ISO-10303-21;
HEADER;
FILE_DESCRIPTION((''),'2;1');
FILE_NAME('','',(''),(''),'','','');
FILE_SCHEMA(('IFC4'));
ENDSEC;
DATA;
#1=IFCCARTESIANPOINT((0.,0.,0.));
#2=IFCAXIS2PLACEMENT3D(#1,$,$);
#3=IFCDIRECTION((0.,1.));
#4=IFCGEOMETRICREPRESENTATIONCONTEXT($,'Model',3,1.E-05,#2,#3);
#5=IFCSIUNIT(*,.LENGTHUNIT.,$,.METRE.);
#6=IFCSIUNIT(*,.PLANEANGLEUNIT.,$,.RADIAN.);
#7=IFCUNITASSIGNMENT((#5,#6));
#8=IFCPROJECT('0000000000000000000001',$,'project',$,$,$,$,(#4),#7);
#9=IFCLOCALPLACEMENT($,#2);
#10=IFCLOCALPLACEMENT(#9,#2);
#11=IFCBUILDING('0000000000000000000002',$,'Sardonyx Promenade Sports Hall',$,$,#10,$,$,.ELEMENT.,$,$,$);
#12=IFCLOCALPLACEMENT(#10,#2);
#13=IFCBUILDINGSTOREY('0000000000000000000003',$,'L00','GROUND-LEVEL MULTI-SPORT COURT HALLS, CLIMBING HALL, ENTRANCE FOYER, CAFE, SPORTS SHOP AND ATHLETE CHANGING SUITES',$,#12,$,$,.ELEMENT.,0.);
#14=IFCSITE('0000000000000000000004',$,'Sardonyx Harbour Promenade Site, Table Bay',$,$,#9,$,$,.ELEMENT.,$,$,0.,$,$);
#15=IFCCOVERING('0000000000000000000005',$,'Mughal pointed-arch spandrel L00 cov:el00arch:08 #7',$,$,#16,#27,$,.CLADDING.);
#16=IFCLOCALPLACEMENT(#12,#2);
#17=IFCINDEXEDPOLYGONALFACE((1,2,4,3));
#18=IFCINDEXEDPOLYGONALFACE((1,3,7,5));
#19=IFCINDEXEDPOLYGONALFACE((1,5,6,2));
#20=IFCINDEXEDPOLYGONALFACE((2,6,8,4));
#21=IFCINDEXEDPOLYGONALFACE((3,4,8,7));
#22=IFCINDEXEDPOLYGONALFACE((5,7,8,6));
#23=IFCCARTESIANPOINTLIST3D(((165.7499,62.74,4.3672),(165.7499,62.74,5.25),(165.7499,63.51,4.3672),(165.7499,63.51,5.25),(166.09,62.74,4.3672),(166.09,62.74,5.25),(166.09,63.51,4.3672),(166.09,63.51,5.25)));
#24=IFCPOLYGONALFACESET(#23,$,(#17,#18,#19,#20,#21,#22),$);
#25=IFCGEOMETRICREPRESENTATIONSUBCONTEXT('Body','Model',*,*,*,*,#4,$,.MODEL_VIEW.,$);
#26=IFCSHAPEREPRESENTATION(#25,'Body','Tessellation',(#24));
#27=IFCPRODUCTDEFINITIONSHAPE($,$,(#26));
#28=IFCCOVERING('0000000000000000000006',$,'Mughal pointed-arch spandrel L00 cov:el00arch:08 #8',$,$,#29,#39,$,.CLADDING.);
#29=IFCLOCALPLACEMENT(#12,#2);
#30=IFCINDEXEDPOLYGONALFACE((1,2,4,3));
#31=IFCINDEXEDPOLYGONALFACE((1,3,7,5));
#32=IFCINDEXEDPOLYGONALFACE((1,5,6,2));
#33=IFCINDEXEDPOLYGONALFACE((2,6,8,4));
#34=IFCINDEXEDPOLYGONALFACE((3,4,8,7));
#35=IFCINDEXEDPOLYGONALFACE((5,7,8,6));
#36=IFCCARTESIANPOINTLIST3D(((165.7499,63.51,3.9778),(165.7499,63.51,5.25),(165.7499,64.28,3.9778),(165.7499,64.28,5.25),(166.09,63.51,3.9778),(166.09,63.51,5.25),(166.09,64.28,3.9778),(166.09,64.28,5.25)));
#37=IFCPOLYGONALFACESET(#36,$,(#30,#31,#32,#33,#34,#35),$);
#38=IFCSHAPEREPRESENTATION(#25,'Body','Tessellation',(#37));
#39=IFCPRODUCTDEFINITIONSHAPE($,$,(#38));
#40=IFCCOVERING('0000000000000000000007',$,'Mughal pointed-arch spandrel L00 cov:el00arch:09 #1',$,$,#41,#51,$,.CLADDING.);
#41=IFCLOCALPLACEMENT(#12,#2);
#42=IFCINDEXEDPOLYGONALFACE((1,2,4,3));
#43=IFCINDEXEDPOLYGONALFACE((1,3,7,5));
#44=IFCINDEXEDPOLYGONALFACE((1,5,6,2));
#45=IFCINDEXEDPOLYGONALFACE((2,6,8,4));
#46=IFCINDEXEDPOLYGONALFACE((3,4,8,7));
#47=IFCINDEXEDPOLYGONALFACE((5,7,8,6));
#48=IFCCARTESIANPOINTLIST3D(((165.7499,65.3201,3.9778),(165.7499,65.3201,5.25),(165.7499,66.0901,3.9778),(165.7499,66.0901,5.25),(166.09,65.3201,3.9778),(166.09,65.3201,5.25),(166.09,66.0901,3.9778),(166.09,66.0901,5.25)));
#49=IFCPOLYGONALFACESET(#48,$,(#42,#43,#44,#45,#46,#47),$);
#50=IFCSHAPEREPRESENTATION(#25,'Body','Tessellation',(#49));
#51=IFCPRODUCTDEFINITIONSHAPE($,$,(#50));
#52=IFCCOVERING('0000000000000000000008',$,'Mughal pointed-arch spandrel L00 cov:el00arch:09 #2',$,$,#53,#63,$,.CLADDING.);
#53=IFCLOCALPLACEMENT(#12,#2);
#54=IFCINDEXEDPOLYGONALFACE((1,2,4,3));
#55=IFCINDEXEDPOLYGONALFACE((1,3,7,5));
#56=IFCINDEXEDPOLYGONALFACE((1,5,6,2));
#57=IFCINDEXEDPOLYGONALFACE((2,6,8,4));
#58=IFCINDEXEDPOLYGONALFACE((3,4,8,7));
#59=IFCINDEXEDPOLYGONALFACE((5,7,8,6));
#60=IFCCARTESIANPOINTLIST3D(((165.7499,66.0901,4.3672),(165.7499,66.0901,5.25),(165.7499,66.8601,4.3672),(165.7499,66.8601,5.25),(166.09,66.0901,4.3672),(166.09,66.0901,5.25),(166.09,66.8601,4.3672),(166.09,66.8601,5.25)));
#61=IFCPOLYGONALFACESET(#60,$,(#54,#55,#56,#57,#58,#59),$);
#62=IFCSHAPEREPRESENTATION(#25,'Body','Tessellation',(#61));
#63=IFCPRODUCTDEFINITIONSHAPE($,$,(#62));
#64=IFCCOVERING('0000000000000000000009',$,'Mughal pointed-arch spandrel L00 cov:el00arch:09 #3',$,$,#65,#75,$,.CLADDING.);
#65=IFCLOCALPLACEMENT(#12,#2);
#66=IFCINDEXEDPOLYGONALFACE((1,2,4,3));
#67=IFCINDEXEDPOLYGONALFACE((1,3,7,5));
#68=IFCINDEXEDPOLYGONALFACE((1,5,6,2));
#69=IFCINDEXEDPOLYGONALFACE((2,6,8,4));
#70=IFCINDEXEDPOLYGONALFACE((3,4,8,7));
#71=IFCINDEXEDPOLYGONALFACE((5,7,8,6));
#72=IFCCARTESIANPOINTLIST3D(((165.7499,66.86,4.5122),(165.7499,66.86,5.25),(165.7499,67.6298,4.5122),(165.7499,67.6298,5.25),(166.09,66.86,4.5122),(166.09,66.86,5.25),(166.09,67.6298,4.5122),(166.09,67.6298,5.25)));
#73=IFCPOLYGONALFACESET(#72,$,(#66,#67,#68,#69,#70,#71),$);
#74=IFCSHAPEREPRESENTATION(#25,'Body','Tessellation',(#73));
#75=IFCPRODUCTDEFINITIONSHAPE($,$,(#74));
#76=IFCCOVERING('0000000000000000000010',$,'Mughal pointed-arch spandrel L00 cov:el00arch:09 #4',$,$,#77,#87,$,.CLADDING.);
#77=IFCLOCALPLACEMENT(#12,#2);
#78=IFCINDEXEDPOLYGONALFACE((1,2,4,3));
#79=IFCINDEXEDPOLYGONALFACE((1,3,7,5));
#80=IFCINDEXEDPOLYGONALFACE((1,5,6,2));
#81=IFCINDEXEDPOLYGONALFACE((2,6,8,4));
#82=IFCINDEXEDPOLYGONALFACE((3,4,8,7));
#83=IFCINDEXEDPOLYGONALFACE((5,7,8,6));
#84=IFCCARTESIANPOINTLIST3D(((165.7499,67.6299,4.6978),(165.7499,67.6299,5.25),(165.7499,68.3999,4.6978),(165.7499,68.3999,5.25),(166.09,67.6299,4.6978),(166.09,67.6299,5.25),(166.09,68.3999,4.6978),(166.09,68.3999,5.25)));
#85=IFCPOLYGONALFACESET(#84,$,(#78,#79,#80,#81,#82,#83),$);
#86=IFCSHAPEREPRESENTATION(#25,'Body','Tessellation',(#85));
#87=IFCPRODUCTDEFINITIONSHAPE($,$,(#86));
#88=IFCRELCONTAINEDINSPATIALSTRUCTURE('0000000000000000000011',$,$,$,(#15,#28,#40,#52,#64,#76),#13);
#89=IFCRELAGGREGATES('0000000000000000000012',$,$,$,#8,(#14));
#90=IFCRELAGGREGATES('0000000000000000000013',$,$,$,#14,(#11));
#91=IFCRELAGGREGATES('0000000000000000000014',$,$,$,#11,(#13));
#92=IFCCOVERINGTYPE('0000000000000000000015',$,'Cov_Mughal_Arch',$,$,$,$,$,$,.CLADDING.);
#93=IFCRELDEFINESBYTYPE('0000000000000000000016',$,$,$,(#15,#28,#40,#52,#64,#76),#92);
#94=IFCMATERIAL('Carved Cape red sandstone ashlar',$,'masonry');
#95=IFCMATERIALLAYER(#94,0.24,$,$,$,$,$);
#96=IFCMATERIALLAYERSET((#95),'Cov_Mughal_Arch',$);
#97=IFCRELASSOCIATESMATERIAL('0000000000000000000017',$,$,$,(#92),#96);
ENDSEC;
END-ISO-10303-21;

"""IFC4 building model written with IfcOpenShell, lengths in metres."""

from ifc_helpers import new_model, si_unit, direction, frame, frame_2d, origin, place, context, subcontext, project, spatial, rectangle, extrude, material, layer, layer_set, type_object, element, save


model = new_model("IFC4")

# Units and contexts
model_context = context("Model", 3, precision=1e-05, world=origin(), true_north=direction((0.0, 1.0)))
body_context = subcontext(model_context, "Body", "Model", "MODEL_VIEW")
ifc_project = project(units=[si_unit("LENGTHUNIT", "METRE"), si_unit("PLANEANGLEUNIT", "RADIAN")], contexts=[model_context])

# Site, building, storey
site_placement = place(None, origin())
site = spatial("IfcSite", under=ifc_project, at=site_placement, Name="Sardonyx Harbour Promenade Site, Table Bay", CompositionType="ELEMENT", RefElevation=0.0)
building_placement = place(site_placement, origin())
building = spatial("IfcBuilding", under=site, at=building_placement, Name="Sardonyx Promenade Sports Hall", CompositionType="ELEMENT")
storey_placement = place(building_placement, origin())
storey = spatial("IfcBuildingStorey", under=building, at=storey_placement, Name="L00", Description="GROUND-LEVEL MULTI-SPORT COURT HALLS, CLIMBING HALL, ENTRANCE FOYER, CAFE, SPORTS SHOP AND ATHLETE CHANGING SUITES", CompositionType="ELEMENT", Elevation=0.0)

# Coverings
ifc_material_1 = material(Name="Carved Cape red sandstone ashlar", Category="masonry")
ifc_layer_1 = layer(ifc_material_1, 0.24)
ifc_layer_set_1 = layer_set([ifc_layer_1], Name="Cov_Mughal_Arch")
covering_type_1 = type_object("IfcCoveringType", Name="Cov_Mughal_Arch", PredefinedType="CLADDING", material=ifc_layer_set_1)
covering_1_placement = place(storey_placement, frame((165.9199, 62.74, 4.3672), z_axis=(0.0, 0.0, 1.0), x_axis=(0.0, 1.0, 0.0)))
element("IfcCovering", 1, at=covering_1_placement, inside=storey, type_object=covering_type_1, Name="Mughal pointed-arch spandrel L00 cov:el00arch:08 #7", PredefinedType="CLADDING", context=body_context, shape_type="SweptSolid", body=[
    extrude(rectangle(XDim=0.77, YDim=0.3401, at=frame_2d((0.385, 0.0))), origin(), (0.0, 0.0, 1.0), 0.8828),
])
for number, where, z_axis, x_axis, name in (
    (2, (165.9199, 63.51, 3.9778), (0.0, 0.0, 1.0), (0.0, 1.0, 0.0), "Mughal pointed-arch spandrel L00 cov:el00arch:08 #8"),
    (3, (165.9199, 65.3201, 3.9778), (0.0, 0.0, 1.0), (0.0, 1.0, 0.0), "Mughal pointed-arch spandrel L00 cov:el00arch:09 #1"),
):
    element("IfcCovering", number, at=place(storey_placement, frame(where, z_axis=z_axis, x_axis=x_axis)), inside=storey, type_object=covering_type_1, Name=name, PredefinedType="CLADDING", context=body_context, shape_type="SweptSolid", body=[
        extrude(rectangle(XDim=0.77, YDim=0.3401, at=frame_2d((0.385, 0.0))), origin(), (0.0, 0.0, 1.0), 1.2722),
    ])
covering_2_placement = place(storey_placement, frame((165.9199, 66.0901, 4.3672), z_axis=(0.0, 0.0, 1.0), x_axis=(0.0, 1.0, 0.0)))
element("IfcCovering", 4, at=covering_2_placement, inside=storey, type_object=covering_type_1, Name="Mughal pointed-arch spandrel L00 cov:el00arch:09 #2", PredefinedType="CLADDING", context=body_context, shape_type="SweptSolid", body=[
    extrude(rectangle(XDim=0.77, YDim=0.3401, at=frame_2d((0.385, 0.0))), origin(), (0.0, 0.0, 1.0), 0.8828),
])
covering_3_placement = place(storey_placement, frame((165.9199, 66.8601, 4.5122), z_axis=(0.0, 0.0, 1.0), x_axis=(0.0, 1.0, 0.0)))
element("IfcCovering", 5, at=covering_3_placement, inside=storey, type_object=covering_type_1, Name="Mughal pointed-arch spandrel L00 cov:el00arch:09 #3", PredefinedType="CLADDING", context=body_context, shape_type="SweptSolid", body=[
    extrude(rectangle(XDim=0.7698, YDim=0.3401, at=frame_2d((0.3848, 0.0))), origin(), (0.0, 0.0, 1.0), 0.7378),
])
covering_4_placement = place(storey_placement, frame((165.9199, 67.6299, 4.6978), z_axis=(0.0, 0.0, 1.0), x_axis=(0.0, 1.0, 0.0)))
element("IfcCovering", 6, at=covering_4_placement, inside=storey, type_object=covering_type_1, Name="Mughal pointed-arch spandrel L00 cov:el00arch:09 #4", PredefinedType="CLADDING", context=body_context, shape_type="SweptSolid", body=[
    extrude(rectangle(XDim=0.77, YDim=0.3401, at=frame_2d((0.385, 0.0))), origin(), (0.0, 0.0, 1.0), 0.5522),
])

save(model, "model.ifc")
